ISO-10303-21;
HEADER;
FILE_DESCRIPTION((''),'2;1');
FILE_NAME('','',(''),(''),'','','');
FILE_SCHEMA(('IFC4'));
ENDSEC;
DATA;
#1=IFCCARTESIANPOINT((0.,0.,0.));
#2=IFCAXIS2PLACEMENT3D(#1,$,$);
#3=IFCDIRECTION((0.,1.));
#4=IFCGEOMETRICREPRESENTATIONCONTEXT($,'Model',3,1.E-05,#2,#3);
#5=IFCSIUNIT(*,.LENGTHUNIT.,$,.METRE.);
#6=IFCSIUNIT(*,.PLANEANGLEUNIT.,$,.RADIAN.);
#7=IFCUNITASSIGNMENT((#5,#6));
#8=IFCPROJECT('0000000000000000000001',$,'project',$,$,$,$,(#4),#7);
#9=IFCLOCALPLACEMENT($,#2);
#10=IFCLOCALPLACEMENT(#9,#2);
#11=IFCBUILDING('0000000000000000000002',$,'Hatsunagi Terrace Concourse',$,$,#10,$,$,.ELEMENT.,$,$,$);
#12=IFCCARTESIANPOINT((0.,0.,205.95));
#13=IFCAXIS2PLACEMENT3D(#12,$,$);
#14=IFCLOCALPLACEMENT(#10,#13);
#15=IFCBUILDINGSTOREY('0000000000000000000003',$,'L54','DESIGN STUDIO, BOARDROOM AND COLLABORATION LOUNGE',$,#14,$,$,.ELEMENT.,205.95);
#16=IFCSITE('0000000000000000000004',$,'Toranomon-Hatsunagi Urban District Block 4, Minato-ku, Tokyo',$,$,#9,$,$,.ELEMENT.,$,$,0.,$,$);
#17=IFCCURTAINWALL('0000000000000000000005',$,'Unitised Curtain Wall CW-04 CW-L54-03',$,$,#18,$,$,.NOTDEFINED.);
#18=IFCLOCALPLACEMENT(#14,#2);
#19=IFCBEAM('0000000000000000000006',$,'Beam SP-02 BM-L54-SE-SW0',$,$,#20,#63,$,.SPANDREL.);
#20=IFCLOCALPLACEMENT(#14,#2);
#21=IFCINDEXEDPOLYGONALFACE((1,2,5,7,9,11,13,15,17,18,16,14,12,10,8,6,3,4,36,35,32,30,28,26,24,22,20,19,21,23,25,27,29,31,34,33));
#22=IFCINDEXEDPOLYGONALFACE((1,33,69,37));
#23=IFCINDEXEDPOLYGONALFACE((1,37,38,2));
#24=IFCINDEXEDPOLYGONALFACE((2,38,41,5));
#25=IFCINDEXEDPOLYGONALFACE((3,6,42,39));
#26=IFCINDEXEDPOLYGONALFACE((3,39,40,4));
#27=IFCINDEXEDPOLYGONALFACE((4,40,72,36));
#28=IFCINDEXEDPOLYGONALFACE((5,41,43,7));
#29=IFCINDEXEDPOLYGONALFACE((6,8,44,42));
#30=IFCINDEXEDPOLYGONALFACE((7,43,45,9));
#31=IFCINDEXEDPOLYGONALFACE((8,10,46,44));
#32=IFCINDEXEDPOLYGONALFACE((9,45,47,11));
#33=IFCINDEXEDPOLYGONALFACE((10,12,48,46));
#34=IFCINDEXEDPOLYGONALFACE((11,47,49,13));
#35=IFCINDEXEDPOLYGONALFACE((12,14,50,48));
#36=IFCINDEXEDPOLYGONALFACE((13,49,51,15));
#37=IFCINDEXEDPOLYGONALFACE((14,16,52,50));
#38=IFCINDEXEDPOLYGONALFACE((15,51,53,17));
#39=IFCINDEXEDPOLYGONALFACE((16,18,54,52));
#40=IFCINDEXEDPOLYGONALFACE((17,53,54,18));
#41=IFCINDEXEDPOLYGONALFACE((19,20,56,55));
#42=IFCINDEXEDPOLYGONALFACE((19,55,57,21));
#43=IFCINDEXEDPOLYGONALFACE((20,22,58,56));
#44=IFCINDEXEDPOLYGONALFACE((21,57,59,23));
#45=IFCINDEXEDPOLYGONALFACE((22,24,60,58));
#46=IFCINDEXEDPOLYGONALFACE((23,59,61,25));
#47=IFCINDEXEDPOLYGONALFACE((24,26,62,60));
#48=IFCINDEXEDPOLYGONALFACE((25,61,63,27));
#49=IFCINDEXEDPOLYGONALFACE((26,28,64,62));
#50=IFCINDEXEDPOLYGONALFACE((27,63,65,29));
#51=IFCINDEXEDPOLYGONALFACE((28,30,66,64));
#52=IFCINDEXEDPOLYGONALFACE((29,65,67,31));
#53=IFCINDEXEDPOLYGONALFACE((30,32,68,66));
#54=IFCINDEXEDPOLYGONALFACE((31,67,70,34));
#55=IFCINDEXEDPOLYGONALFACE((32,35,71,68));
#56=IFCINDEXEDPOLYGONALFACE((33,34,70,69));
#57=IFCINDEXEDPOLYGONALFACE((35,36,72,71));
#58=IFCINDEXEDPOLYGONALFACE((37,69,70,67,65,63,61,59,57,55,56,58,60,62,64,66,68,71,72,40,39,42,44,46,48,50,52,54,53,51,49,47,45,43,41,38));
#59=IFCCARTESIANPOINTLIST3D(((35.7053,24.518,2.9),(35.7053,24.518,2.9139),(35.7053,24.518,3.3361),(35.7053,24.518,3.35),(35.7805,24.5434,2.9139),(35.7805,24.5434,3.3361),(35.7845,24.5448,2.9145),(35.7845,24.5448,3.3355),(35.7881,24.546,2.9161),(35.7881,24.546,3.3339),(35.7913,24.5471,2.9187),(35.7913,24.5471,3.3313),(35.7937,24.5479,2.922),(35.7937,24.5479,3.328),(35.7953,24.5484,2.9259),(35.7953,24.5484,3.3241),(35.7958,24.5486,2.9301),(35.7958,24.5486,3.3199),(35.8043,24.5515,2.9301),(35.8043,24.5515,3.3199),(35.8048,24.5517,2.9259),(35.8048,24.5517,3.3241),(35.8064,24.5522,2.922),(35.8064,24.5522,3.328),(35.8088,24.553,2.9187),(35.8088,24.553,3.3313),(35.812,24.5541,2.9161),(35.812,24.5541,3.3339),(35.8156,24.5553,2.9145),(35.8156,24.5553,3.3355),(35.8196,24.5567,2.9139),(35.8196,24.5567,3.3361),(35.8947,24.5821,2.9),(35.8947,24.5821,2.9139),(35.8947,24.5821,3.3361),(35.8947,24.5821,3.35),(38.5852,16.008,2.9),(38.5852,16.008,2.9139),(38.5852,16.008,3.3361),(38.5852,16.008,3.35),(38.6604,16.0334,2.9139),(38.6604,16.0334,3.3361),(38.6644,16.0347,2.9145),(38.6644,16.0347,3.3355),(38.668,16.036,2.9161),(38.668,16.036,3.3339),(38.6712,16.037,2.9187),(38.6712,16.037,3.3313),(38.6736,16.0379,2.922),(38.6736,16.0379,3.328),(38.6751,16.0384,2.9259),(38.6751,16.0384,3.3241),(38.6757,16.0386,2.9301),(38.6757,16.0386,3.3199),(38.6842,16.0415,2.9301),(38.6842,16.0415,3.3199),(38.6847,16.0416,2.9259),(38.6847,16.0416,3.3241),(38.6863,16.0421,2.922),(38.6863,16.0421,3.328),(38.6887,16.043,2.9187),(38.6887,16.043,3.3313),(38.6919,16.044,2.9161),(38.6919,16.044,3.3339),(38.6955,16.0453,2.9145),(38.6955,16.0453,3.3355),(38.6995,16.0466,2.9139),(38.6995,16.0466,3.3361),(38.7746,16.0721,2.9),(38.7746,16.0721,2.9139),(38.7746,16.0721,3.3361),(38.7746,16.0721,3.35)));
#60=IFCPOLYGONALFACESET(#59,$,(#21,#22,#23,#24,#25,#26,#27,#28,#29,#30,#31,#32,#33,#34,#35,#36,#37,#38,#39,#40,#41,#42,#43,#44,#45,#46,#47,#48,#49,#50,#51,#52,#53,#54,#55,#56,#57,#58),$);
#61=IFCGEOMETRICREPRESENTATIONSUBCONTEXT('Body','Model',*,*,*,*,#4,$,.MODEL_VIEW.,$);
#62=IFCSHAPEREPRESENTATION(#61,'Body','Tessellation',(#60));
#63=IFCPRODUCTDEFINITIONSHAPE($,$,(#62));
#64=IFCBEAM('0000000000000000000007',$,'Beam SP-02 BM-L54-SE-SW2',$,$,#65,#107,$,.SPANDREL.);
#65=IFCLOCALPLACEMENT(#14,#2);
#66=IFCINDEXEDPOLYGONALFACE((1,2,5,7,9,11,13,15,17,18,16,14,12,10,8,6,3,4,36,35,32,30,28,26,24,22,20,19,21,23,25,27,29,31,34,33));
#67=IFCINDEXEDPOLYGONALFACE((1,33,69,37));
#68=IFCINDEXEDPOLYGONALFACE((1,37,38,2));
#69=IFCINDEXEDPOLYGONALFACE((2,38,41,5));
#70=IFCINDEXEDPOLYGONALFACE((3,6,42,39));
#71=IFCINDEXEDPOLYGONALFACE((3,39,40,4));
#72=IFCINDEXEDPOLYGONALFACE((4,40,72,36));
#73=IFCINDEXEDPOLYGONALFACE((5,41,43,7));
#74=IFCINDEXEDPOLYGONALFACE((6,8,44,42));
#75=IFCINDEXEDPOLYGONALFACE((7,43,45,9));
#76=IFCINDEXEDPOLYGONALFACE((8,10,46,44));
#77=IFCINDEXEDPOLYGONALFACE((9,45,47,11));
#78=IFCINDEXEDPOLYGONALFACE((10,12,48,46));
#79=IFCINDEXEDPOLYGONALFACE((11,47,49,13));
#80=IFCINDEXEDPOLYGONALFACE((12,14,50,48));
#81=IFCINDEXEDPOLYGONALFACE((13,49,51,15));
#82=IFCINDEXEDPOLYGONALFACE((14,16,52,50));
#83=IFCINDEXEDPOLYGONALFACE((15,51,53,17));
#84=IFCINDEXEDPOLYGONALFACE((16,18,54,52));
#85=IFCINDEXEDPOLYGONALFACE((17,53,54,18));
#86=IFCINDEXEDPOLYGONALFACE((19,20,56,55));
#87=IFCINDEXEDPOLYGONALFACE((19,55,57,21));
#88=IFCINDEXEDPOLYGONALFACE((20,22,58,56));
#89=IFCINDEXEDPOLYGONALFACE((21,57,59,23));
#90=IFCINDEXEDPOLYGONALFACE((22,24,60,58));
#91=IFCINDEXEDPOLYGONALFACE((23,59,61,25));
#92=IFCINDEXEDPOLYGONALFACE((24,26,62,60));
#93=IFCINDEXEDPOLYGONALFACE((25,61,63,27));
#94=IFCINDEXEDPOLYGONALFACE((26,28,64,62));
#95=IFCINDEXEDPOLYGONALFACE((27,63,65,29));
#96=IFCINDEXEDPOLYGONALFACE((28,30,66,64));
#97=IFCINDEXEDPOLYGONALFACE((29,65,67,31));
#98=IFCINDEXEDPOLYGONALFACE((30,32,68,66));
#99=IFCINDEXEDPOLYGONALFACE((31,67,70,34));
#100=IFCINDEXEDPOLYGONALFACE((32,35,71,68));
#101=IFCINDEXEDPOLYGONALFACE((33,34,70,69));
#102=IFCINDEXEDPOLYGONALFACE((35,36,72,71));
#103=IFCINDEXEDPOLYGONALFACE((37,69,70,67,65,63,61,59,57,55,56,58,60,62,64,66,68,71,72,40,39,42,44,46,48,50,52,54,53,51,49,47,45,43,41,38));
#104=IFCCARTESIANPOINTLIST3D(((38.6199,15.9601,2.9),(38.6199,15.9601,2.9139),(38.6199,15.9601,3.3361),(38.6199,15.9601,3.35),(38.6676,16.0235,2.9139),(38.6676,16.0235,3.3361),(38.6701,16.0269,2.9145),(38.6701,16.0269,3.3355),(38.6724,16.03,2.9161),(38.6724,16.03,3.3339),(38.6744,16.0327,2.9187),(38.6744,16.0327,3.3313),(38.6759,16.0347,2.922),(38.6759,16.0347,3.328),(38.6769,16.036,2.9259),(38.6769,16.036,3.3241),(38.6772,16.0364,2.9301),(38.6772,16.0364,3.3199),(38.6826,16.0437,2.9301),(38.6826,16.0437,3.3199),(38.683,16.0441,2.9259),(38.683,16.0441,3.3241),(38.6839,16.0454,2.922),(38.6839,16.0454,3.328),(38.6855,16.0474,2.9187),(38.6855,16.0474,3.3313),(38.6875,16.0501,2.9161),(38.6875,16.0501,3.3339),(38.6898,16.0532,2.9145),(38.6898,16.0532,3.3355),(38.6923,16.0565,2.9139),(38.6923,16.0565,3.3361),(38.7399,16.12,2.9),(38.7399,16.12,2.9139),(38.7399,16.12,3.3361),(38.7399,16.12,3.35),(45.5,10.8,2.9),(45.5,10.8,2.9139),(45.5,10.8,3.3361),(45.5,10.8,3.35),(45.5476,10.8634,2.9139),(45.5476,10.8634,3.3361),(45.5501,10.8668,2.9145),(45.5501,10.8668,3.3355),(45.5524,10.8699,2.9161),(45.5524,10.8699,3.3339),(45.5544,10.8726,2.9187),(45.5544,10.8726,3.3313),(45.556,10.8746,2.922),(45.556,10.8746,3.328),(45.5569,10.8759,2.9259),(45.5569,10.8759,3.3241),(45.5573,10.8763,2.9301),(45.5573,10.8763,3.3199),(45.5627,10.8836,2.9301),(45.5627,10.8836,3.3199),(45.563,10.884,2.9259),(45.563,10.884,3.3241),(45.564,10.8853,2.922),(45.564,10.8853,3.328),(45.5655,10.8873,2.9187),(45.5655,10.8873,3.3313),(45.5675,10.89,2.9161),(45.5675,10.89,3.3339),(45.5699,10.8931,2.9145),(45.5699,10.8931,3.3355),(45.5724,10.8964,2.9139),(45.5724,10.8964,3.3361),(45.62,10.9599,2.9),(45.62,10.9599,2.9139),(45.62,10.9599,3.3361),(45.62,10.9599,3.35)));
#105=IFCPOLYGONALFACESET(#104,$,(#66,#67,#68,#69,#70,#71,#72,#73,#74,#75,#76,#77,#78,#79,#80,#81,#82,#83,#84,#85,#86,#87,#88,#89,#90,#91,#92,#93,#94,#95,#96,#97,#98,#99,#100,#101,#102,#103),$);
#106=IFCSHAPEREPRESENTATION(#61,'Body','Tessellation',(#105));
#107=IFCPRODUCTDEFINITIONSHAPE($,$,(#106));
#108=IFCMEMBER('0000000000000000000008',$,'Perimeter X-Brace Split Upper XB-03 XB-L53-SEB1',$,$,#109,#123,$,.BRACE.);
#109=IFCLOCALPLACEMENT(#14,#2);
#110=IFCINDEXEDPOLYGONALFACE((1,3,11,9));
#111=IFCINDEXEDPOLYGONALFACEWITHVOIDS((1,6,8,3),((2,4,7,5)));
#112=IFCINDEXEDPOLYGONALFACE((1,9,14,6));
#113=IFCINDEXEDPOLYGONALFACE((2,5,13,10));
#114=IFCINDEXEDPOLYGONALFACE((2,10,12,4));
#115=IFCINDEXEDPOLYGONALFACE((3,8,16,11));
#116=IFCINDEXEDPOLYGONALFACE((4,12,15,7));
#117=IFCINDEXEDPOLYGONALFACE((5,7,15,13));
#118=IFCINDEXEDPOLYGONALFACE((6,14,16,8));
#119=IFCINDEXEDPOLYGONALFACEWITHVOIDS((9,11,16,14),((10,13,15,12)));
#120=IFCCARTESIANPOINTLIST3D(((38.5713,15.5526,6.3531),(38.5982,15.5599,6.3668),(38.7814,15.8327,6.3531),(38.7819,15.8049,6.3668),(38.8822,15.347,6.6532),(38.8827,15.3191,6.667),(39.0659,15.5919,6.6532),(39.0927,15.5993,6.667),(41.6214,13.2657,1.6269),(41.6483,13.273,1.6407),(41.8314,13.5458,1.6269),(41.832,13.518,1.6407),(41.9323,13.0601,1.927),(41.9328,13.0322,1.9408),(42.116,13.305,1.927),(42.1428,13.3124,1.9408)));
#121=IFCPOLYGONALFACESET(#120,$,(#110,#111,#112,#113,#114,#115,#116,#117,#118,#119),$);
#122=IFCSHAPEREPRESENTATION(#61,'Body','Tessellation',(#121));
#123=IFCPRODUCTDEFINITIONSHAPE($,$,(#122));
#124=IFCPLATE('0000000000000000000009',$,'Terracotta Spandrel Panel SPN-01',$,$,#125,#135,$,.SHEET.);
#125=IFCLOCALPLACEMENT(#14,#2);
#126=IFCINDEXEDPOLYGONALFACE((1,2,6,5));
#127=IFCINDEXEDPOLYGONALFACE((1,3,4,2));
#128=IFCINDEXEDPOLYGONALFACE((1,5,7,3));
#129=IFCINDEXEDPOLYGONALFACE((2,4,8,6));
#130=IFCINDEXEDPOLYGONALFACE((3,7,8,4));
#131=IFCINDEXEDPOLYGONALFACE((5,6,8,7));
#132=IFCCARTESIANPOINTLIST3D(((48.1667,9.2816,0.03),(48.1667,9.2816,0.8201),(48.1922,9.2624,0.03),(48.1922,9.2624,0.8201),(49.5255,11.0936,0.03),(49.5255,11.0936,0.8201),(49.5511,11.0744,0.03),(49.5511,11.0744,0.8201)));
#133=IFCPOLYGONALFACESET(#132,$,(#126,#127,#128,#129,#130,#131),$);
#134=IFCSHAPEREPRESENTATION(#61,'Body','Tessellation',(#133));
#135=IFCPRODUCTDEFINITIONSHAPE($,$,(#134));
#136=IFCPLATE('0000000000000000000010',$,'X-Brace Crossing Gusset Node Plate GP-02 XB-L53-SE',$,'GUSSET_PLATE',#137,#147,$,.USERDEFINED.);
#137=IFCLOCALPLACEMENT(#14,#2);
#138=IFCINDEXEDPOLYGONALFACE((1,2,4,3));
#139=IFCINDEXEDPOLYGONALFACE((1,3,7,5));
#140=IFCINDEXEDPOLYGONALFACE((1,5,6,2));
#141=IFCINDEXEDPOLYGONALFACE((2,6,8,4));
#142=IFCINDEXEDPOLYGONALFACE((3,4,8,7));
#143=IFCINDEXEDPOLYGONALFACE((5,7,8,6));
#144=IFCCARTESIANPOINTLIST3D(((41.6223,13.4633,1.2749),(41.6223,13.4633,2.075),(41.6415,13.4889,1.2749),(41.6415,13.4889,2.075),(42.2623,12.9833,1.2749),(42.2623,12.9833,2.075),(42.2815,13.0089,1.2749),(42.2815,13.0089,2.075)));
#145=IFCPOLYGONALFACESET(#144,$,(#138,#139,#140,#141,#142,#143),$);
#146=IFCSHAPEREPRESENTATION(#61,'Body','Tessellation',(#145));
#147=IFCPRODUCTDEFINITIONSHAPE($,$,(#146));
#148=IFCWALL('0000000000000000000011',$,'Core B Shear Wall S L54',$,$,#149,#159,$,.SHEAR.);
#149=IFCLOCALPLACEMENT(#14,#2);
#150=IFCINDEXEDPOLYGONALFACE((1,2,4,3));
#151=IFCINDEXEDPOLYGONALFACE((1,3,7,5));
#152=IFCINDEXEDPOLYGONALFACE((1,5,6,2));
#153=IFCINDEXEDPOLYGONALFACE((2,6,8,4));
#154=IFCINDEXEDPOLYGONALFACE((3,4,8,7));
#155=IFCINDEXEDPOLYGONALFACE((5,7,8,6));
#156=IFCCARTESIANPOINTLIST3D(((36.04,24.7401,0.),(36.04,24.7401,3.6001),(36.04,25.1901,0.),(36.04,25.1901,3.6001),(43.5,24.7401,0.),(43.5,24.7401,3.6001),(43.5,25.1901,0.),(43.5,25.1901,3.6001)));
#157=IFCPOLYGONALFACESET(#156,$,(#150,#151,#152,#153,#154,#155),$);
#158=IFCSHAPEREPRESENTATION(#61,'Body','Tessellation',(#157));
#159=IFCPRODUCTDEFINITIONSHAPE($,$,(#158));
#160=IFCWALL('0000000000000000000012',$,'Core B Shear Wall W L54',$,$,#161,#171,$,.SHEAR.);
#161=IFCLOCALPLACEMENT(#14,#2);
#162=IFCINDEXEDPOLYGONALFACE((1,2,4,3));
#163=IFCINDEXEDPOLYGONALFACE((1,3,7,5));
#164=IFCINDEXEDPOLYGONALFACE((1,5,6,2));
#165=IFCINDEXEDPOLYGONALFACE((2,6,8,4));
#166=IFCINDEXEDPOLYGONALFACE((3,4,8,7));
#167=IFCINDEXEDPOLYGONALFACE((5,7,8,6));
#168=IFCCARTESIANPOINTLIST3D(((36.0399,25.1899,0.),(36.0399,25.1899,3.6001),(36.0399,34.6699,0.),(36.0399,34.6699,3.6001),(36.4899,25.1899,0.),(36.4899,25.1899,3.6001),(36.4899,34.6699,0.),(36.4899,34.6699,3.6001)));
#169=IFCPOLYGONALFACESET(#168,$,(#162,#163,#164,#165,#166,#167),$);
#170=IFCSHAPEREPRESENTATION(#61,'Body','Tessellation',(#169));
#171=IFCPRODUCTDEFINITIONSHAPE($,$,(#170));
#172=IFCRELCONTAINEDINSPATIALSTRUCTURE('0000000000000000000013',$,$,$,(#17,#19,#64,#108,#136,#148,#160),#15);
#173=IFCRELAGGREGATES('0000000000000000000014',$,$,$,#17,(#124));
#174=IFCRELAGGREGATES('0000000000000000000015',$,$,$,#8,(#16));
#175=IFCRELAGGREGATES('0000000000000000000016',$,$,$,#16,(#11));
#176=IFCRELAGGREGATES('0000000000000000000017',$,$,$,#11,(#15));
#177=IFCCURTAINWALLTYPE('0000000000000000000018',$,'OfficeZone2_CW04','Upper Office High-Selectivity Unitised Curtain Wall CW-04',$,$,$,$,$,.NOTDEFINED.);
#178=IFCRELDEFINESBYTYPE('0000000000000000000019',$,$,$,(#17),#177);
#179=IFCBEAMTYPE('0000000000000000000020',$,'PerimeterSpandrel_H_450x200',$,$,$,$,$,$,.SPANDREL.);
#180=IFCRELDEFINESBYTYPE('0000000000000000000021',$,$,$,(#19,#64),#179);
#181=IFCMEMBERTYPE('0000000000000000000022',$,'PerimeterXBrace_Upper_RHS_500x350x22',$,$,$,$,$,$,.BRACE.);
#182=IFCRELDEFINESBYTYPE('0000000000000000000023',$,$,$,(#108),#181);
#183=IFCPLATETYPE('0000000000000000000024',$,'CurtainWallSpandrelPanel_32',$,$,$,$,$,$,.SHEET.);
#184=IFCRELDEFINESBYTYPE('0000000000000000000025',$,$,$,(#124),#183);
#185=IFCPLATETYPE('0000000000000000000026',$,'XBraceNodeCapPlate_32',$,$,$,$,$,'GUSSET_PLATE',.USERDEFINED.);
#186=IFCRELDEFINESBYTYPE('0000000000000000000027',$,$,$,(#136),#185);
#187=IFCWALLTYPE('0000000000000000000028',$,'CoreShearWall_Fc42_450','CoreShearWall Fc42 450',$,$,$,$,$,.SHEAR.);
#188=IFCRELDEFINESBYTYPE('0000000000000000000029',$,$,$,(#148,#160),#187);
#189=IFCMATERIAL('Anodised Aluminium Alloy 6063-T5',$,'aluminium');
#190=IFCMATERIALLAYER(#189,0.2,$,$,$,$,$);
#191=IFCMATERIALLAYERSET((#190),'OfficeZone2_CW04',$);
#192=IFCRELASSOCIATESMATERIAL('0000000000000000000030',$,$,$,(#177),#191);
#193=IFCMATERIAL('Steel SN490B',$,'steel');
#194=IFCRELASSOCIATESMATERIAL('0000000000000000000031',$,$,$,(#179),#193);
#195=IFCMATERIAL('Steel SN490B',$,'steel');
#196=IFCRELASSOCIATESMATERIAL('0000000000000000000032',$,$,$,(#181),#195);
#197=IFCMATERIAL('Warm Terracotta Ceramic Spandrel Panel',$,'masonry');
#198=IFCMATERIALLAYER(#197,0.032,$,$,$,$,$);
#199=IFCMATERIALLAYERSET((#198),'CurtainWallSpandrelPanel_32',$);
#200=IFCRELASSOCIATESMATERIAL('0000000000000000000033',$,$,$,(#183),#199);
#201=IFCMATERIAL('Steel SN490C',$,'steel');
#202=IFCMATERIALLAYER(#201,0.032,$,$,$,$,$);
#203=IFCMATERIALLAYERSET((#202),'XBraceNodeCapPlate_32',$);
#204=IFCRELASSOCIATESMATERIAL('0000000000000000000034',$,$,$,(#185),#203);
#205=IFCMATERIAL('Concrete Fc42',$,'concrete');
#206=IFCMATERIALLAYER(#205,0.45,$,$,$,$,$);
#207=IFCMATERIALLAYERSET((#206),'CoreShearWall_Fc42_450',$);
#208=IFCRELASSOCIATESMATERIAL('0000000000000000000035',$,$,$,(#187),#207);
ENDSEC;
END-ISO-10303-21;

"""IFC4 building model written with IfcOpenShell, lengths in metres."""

from ifc_helpers import new_model, si_unit, direction, frame, frame_2d, origin, origin_2d, place, context, subcontext, project, spatial, rectangle, hollow_rectangle, i_section, extrude, material, layer, layer_set, material_profile, profile_set, type_object, element, aggregate, save


model = new_model("IFC4")

# Units and contexts
model_context = context("Model", 3, precision=1e-05, world=origin(), true_north=direction((0.0, 1.0)))
body_context = subcontext(model_context, "Body", "Model", "MODEL_VIEW")
ifc_project = project(units=[si_unit("LENGTHUNIT", "METRE"), si_unit("PLANEANGLEUNIT", "RADIAN")], contexts=[model_context])

# Site, building, storey
site_placement = place(None, origin())
site = spatial("IfcSite", under=ifc_project, at=site_placement, Name="Toranomon-Hatsunagi Urban District Block 4, Minato-ku, Tokyo", CompositionType="ELEMENT", RefElevation=0.0)
building_placement = place(site_placement, origin())
building = spatial("IfcBuilding", under=site, at=building_placement, Name="Hatsunagi Terrace Concourse", CompositionType="ELEMENT")
storey_placement = place(building_placement, frame((0.0, 0.0, 205.95)))
storey = spatial("IfcBuildingStorey", under=building, at=storey_placement, Name="L54", Description="DESIGN STUDIO, BOARDROOM AND COLLABORATION LOUNGE", CompositionType="ELEMENT", Elevation=205.95)

# Curtain wall
ifc_material_1 = material(Name="Anodised Aluminium Alloy 6063-T5", Category="aluminium")
ifc_layer_1 = layer(ifc_material_1, 0.2)
ifc_layer_set_1 = layer_set([ifc_layer_1], Name="OfficeZone2_CW04")
curtain_wall_type = type_object("IfcCurtainWallType", Name="OfficeZone2_CW04", Description="Upper Office High-Selectivity Unitised Curtain Wall CW-04", PredefinedType="NOTDEFINED", material=ifc_layer_set_1)
curtain_wall_placement = place(storey_placement, origin())
curtain_wall = element("IfcCurtainWall", 1, at=curtain_wall_placement, inside=storey, type_object=curtain_wall_type, Name="Unitised Curtain Wall CW-04 CW-L54-03", PredefinedType="NOTDEFINED")

# Beams
ifc_material_2 = material(Name="Steel SN490B", Category="steel")
ifc_material_profile_1 = material_profile(ifc_material_2, i_section(OverallWidth=0.2, OverallDepth=0.45, WebThickness=0.009, FlangeThickness=0.0139, FilletRadius=0.0161, at=origin_2d()), Name="H-450x200x9x14")
ifc_profile_set_1 = profile_set([ifc_material_profile_1], Name="Steel SN490B")
beam_type_1 = type_object("IfcBeamType", Name="PerimeterSpandrel_H_450x200", PredefinedType="SPANDREL", material=ifc_profile_set_1)
beam_1_placement = place(storey_placement, frame((35.8, 24.55, 3.125), z_axis=(0.320553, -0.94723, 0.0), x_axis=(0.94723, 0.320553, 0.0)))
element("IfcBeam", 2, at=beam_1_placement, inside=storey, type_object=beam_type_1, Name="Beam SP-02 BM-L54-SE-SW0", PredefinedType="SPANDREL", context=body_context, shape_type="SweptSolid", body=[
    extrude(i_section(OverallWidth=0.2, OverallDepth=0.45, WebThickness=0.009, FlangeThickness=0.0139, FilletRadius=0.0161, at=origin_2d()), origin(), (0.0, 0.0, 1.0), 8.9841),
])
beam_2_placement = place(storey_placement, frame((38.6799, 16.04, 3.125), z_axis=(0.799997, -0.600005, 0.0), x_axis=(0.600005, 0.799997, 0.0)))
element("IfcBeam", 3, at=beam_2_placement, inside=storey, type_object=beam_type_1, Name="Beam SP-02 BM-L54-SE-SW2", PredefinedType="SPANDREL", context=body_context, shape_type="SweptSolid", body=[
    extrude(i_section(OverallWidth=0.2, OverallDepth=0.45, WebThickness=0.009, FlangeThickness=0.0139, FilletRadius=0.0161, at=origin_2d()), origin(), (0.0, 0.0, 1.0), 8.6001),
])

# Member
ifc_material_3 = material(Name="Steel SN490B", Category="steel")
ifc_material_profile_2 = material_profile(ifc_material_3, hollow_rectangle(XDim=0.3501, YDim=0.5, WallThickness=0.022, at=origin_2d()), Name="RHS-500x350x22")
ifc_profile_set_2 = profile_set([ifc_material_profile_2], Name="Steel SN490B")
member_type_1 = type_object("IfcMemberType", Name="PerimeterXBrace_Upper_RHS_500x350x22", PredefinedType="BRACE", material=ifc_profile_set_2)
member_1_placement = place(storey_placement, frame((38.832, 15.5759, 6.51), z_axis=(0.50232, -0.376629, -0.778348), x_axis=(0.599887, 0.800085, 0.0)))
element("IfcMember", 4, at=member_1_placement, inside=storey, type_object=member_type_1, Name="Perimeter X-Brace Split Upper XB-03 XB-L53-SEB1", PredefinedType="BRACE", context=body_context, shape_type="SweptSolid", body=[
    extrude(hollow_rectangle(XDim=0.3501, YDim=0.5, WallThickness=0.022, at=origin_2d()), origin(), (0.0, 0.0, 1.0), 6.072),
])

# Plates
ifc_material_4 = material(Name="Warm Terracotta Ceramic Spandrel Panel", Category="masonry")
ifc_layer_2 = layer(ifc_material_4, 0.032)
ifc_layer_set_2 = layer_set([ifc_layer_2], Name="CurtainWallSpandrelPanel_32")
plate_type_1 = type_object("IfcPlateType", Name="CurtainWallSpandrelPanel_32", PredefinedType="SHEET", material=ifc_layer_set_2)
plate_1_placement = place(storey_placement, frame((48.8589, 10.178, 0.03), z_axis=(0.0, 0.0, 1.0), x_axis=(-0.599969, -0.800023, 0.0)))
plate_1 = element("IfcPlate", 5, at=plate_1_placement, type_object=plate_type_1, Name="Terracotta Spandrel Panel SPN-01", PredefinedType="SHEET", context=body_context, shape_type="SweptSolid", body=[
    extrude(rectangle(XDim=2.2649, YDim=0.032, at=origin_2d()), origin(), (0.0, 0.0, 1.0), 0.79),
])
aggregate(curtain_wall, [plate_1])
ifc_material_5 = material(Name="Steel SN490C", Category="steel")
ifc_layer_3 = layer(ifc_material_5, 0.032)
ifc_layer_set_3 = layer_set([ifc_layer_3], Name="XBraceNodeCapPlate_32")
plate_type_2 = type_object("IfcPlateType", Name="XBraceNodeCapPlate_32", ElementType="GUSSET_PLATE", PredefinedType="USERDEFINED", material=ifc_layer_set_3)
plate_2_placement = place(storey_placement, frame((41.9519, 13.2361, 1.2749), z_axis=(0.0, 0.0, 1.0), x_axis=(0.8, -0.6, 0.0)))
element("IfcPlate", 6, at=plate_2_placement, inside=storey, type_object=plate_type_2, Name="X-Brace Crossing Gusset Node Plate GP-02 XB-L53-SE", ObjectType="GUSSET_PLATE", PredefinedType="USERDEFINED", context=body_context, shape_type="SweptSolid", body=[
    extrude(rectangle(XDim=0.8, YDim=0.032, at=origin_2d()), origin(), (0.0, 0.0, 1.0), 0.8),
])

# Walls
ifc_material_6 = material(Name="Concrete Fc42", Category="concrete")
ifc_layer_4 = layer(ifc_material_6, 0.45)
ifc_layer_set_4 = layer_set([ifc_layer_4], Name="CoreShearWall_Fc42_450")
wall_type_1 = type_object("IfcWallType", Name="CoreShearWall_Fc42_450", Description="CoreShearWall Fc42 450", PredefinedType="SHEAR", material=ifc_layer_set_4)
wall_1_placement = place(storey_placement, frame((36.04, 24.9651, 0.0), z_axis=(0.0, 0.0, 1.0), x_axis=(1.0, 0.0, 0.0)))
element("IfcWall", 7, at=wall_1_placement, inside=storey, type_object=wall_type_1, Name="Core B Shear Wall S L54", PredefinedType="SHEAR", context=body_context, shape_type="SweptSolid", body=[
    extrude(rectangle(XDim=7.46, YDim=0.45, at=frame_2d((3.73, 0.0))), origin(), (0.0, 0.0, 1.0), 3.6001),
])
wall_2_placement = place(storey_placement, frame((36.2649, 25.1899, 0.0), z_axis=(0.0, 0.0, 1.0), x_axis=(0.0, 1.0, 0.0)))
element("IfcWall", 8, at=wall_2_placement, inside=storey, type_object=wall_type_1, Name="Core B Shear Wall W L54", PredefinedType="SHEAR", context=body_context, shape_type="SweptSolid", body=[
    extrude(rectangle(XDim=9.48, YDim=0.45, at=frame_2d((4.74, 0.0))), origin(), (0.0, 0.0, 1.0), 3.6001),
])

save(model, "model.ifc")
